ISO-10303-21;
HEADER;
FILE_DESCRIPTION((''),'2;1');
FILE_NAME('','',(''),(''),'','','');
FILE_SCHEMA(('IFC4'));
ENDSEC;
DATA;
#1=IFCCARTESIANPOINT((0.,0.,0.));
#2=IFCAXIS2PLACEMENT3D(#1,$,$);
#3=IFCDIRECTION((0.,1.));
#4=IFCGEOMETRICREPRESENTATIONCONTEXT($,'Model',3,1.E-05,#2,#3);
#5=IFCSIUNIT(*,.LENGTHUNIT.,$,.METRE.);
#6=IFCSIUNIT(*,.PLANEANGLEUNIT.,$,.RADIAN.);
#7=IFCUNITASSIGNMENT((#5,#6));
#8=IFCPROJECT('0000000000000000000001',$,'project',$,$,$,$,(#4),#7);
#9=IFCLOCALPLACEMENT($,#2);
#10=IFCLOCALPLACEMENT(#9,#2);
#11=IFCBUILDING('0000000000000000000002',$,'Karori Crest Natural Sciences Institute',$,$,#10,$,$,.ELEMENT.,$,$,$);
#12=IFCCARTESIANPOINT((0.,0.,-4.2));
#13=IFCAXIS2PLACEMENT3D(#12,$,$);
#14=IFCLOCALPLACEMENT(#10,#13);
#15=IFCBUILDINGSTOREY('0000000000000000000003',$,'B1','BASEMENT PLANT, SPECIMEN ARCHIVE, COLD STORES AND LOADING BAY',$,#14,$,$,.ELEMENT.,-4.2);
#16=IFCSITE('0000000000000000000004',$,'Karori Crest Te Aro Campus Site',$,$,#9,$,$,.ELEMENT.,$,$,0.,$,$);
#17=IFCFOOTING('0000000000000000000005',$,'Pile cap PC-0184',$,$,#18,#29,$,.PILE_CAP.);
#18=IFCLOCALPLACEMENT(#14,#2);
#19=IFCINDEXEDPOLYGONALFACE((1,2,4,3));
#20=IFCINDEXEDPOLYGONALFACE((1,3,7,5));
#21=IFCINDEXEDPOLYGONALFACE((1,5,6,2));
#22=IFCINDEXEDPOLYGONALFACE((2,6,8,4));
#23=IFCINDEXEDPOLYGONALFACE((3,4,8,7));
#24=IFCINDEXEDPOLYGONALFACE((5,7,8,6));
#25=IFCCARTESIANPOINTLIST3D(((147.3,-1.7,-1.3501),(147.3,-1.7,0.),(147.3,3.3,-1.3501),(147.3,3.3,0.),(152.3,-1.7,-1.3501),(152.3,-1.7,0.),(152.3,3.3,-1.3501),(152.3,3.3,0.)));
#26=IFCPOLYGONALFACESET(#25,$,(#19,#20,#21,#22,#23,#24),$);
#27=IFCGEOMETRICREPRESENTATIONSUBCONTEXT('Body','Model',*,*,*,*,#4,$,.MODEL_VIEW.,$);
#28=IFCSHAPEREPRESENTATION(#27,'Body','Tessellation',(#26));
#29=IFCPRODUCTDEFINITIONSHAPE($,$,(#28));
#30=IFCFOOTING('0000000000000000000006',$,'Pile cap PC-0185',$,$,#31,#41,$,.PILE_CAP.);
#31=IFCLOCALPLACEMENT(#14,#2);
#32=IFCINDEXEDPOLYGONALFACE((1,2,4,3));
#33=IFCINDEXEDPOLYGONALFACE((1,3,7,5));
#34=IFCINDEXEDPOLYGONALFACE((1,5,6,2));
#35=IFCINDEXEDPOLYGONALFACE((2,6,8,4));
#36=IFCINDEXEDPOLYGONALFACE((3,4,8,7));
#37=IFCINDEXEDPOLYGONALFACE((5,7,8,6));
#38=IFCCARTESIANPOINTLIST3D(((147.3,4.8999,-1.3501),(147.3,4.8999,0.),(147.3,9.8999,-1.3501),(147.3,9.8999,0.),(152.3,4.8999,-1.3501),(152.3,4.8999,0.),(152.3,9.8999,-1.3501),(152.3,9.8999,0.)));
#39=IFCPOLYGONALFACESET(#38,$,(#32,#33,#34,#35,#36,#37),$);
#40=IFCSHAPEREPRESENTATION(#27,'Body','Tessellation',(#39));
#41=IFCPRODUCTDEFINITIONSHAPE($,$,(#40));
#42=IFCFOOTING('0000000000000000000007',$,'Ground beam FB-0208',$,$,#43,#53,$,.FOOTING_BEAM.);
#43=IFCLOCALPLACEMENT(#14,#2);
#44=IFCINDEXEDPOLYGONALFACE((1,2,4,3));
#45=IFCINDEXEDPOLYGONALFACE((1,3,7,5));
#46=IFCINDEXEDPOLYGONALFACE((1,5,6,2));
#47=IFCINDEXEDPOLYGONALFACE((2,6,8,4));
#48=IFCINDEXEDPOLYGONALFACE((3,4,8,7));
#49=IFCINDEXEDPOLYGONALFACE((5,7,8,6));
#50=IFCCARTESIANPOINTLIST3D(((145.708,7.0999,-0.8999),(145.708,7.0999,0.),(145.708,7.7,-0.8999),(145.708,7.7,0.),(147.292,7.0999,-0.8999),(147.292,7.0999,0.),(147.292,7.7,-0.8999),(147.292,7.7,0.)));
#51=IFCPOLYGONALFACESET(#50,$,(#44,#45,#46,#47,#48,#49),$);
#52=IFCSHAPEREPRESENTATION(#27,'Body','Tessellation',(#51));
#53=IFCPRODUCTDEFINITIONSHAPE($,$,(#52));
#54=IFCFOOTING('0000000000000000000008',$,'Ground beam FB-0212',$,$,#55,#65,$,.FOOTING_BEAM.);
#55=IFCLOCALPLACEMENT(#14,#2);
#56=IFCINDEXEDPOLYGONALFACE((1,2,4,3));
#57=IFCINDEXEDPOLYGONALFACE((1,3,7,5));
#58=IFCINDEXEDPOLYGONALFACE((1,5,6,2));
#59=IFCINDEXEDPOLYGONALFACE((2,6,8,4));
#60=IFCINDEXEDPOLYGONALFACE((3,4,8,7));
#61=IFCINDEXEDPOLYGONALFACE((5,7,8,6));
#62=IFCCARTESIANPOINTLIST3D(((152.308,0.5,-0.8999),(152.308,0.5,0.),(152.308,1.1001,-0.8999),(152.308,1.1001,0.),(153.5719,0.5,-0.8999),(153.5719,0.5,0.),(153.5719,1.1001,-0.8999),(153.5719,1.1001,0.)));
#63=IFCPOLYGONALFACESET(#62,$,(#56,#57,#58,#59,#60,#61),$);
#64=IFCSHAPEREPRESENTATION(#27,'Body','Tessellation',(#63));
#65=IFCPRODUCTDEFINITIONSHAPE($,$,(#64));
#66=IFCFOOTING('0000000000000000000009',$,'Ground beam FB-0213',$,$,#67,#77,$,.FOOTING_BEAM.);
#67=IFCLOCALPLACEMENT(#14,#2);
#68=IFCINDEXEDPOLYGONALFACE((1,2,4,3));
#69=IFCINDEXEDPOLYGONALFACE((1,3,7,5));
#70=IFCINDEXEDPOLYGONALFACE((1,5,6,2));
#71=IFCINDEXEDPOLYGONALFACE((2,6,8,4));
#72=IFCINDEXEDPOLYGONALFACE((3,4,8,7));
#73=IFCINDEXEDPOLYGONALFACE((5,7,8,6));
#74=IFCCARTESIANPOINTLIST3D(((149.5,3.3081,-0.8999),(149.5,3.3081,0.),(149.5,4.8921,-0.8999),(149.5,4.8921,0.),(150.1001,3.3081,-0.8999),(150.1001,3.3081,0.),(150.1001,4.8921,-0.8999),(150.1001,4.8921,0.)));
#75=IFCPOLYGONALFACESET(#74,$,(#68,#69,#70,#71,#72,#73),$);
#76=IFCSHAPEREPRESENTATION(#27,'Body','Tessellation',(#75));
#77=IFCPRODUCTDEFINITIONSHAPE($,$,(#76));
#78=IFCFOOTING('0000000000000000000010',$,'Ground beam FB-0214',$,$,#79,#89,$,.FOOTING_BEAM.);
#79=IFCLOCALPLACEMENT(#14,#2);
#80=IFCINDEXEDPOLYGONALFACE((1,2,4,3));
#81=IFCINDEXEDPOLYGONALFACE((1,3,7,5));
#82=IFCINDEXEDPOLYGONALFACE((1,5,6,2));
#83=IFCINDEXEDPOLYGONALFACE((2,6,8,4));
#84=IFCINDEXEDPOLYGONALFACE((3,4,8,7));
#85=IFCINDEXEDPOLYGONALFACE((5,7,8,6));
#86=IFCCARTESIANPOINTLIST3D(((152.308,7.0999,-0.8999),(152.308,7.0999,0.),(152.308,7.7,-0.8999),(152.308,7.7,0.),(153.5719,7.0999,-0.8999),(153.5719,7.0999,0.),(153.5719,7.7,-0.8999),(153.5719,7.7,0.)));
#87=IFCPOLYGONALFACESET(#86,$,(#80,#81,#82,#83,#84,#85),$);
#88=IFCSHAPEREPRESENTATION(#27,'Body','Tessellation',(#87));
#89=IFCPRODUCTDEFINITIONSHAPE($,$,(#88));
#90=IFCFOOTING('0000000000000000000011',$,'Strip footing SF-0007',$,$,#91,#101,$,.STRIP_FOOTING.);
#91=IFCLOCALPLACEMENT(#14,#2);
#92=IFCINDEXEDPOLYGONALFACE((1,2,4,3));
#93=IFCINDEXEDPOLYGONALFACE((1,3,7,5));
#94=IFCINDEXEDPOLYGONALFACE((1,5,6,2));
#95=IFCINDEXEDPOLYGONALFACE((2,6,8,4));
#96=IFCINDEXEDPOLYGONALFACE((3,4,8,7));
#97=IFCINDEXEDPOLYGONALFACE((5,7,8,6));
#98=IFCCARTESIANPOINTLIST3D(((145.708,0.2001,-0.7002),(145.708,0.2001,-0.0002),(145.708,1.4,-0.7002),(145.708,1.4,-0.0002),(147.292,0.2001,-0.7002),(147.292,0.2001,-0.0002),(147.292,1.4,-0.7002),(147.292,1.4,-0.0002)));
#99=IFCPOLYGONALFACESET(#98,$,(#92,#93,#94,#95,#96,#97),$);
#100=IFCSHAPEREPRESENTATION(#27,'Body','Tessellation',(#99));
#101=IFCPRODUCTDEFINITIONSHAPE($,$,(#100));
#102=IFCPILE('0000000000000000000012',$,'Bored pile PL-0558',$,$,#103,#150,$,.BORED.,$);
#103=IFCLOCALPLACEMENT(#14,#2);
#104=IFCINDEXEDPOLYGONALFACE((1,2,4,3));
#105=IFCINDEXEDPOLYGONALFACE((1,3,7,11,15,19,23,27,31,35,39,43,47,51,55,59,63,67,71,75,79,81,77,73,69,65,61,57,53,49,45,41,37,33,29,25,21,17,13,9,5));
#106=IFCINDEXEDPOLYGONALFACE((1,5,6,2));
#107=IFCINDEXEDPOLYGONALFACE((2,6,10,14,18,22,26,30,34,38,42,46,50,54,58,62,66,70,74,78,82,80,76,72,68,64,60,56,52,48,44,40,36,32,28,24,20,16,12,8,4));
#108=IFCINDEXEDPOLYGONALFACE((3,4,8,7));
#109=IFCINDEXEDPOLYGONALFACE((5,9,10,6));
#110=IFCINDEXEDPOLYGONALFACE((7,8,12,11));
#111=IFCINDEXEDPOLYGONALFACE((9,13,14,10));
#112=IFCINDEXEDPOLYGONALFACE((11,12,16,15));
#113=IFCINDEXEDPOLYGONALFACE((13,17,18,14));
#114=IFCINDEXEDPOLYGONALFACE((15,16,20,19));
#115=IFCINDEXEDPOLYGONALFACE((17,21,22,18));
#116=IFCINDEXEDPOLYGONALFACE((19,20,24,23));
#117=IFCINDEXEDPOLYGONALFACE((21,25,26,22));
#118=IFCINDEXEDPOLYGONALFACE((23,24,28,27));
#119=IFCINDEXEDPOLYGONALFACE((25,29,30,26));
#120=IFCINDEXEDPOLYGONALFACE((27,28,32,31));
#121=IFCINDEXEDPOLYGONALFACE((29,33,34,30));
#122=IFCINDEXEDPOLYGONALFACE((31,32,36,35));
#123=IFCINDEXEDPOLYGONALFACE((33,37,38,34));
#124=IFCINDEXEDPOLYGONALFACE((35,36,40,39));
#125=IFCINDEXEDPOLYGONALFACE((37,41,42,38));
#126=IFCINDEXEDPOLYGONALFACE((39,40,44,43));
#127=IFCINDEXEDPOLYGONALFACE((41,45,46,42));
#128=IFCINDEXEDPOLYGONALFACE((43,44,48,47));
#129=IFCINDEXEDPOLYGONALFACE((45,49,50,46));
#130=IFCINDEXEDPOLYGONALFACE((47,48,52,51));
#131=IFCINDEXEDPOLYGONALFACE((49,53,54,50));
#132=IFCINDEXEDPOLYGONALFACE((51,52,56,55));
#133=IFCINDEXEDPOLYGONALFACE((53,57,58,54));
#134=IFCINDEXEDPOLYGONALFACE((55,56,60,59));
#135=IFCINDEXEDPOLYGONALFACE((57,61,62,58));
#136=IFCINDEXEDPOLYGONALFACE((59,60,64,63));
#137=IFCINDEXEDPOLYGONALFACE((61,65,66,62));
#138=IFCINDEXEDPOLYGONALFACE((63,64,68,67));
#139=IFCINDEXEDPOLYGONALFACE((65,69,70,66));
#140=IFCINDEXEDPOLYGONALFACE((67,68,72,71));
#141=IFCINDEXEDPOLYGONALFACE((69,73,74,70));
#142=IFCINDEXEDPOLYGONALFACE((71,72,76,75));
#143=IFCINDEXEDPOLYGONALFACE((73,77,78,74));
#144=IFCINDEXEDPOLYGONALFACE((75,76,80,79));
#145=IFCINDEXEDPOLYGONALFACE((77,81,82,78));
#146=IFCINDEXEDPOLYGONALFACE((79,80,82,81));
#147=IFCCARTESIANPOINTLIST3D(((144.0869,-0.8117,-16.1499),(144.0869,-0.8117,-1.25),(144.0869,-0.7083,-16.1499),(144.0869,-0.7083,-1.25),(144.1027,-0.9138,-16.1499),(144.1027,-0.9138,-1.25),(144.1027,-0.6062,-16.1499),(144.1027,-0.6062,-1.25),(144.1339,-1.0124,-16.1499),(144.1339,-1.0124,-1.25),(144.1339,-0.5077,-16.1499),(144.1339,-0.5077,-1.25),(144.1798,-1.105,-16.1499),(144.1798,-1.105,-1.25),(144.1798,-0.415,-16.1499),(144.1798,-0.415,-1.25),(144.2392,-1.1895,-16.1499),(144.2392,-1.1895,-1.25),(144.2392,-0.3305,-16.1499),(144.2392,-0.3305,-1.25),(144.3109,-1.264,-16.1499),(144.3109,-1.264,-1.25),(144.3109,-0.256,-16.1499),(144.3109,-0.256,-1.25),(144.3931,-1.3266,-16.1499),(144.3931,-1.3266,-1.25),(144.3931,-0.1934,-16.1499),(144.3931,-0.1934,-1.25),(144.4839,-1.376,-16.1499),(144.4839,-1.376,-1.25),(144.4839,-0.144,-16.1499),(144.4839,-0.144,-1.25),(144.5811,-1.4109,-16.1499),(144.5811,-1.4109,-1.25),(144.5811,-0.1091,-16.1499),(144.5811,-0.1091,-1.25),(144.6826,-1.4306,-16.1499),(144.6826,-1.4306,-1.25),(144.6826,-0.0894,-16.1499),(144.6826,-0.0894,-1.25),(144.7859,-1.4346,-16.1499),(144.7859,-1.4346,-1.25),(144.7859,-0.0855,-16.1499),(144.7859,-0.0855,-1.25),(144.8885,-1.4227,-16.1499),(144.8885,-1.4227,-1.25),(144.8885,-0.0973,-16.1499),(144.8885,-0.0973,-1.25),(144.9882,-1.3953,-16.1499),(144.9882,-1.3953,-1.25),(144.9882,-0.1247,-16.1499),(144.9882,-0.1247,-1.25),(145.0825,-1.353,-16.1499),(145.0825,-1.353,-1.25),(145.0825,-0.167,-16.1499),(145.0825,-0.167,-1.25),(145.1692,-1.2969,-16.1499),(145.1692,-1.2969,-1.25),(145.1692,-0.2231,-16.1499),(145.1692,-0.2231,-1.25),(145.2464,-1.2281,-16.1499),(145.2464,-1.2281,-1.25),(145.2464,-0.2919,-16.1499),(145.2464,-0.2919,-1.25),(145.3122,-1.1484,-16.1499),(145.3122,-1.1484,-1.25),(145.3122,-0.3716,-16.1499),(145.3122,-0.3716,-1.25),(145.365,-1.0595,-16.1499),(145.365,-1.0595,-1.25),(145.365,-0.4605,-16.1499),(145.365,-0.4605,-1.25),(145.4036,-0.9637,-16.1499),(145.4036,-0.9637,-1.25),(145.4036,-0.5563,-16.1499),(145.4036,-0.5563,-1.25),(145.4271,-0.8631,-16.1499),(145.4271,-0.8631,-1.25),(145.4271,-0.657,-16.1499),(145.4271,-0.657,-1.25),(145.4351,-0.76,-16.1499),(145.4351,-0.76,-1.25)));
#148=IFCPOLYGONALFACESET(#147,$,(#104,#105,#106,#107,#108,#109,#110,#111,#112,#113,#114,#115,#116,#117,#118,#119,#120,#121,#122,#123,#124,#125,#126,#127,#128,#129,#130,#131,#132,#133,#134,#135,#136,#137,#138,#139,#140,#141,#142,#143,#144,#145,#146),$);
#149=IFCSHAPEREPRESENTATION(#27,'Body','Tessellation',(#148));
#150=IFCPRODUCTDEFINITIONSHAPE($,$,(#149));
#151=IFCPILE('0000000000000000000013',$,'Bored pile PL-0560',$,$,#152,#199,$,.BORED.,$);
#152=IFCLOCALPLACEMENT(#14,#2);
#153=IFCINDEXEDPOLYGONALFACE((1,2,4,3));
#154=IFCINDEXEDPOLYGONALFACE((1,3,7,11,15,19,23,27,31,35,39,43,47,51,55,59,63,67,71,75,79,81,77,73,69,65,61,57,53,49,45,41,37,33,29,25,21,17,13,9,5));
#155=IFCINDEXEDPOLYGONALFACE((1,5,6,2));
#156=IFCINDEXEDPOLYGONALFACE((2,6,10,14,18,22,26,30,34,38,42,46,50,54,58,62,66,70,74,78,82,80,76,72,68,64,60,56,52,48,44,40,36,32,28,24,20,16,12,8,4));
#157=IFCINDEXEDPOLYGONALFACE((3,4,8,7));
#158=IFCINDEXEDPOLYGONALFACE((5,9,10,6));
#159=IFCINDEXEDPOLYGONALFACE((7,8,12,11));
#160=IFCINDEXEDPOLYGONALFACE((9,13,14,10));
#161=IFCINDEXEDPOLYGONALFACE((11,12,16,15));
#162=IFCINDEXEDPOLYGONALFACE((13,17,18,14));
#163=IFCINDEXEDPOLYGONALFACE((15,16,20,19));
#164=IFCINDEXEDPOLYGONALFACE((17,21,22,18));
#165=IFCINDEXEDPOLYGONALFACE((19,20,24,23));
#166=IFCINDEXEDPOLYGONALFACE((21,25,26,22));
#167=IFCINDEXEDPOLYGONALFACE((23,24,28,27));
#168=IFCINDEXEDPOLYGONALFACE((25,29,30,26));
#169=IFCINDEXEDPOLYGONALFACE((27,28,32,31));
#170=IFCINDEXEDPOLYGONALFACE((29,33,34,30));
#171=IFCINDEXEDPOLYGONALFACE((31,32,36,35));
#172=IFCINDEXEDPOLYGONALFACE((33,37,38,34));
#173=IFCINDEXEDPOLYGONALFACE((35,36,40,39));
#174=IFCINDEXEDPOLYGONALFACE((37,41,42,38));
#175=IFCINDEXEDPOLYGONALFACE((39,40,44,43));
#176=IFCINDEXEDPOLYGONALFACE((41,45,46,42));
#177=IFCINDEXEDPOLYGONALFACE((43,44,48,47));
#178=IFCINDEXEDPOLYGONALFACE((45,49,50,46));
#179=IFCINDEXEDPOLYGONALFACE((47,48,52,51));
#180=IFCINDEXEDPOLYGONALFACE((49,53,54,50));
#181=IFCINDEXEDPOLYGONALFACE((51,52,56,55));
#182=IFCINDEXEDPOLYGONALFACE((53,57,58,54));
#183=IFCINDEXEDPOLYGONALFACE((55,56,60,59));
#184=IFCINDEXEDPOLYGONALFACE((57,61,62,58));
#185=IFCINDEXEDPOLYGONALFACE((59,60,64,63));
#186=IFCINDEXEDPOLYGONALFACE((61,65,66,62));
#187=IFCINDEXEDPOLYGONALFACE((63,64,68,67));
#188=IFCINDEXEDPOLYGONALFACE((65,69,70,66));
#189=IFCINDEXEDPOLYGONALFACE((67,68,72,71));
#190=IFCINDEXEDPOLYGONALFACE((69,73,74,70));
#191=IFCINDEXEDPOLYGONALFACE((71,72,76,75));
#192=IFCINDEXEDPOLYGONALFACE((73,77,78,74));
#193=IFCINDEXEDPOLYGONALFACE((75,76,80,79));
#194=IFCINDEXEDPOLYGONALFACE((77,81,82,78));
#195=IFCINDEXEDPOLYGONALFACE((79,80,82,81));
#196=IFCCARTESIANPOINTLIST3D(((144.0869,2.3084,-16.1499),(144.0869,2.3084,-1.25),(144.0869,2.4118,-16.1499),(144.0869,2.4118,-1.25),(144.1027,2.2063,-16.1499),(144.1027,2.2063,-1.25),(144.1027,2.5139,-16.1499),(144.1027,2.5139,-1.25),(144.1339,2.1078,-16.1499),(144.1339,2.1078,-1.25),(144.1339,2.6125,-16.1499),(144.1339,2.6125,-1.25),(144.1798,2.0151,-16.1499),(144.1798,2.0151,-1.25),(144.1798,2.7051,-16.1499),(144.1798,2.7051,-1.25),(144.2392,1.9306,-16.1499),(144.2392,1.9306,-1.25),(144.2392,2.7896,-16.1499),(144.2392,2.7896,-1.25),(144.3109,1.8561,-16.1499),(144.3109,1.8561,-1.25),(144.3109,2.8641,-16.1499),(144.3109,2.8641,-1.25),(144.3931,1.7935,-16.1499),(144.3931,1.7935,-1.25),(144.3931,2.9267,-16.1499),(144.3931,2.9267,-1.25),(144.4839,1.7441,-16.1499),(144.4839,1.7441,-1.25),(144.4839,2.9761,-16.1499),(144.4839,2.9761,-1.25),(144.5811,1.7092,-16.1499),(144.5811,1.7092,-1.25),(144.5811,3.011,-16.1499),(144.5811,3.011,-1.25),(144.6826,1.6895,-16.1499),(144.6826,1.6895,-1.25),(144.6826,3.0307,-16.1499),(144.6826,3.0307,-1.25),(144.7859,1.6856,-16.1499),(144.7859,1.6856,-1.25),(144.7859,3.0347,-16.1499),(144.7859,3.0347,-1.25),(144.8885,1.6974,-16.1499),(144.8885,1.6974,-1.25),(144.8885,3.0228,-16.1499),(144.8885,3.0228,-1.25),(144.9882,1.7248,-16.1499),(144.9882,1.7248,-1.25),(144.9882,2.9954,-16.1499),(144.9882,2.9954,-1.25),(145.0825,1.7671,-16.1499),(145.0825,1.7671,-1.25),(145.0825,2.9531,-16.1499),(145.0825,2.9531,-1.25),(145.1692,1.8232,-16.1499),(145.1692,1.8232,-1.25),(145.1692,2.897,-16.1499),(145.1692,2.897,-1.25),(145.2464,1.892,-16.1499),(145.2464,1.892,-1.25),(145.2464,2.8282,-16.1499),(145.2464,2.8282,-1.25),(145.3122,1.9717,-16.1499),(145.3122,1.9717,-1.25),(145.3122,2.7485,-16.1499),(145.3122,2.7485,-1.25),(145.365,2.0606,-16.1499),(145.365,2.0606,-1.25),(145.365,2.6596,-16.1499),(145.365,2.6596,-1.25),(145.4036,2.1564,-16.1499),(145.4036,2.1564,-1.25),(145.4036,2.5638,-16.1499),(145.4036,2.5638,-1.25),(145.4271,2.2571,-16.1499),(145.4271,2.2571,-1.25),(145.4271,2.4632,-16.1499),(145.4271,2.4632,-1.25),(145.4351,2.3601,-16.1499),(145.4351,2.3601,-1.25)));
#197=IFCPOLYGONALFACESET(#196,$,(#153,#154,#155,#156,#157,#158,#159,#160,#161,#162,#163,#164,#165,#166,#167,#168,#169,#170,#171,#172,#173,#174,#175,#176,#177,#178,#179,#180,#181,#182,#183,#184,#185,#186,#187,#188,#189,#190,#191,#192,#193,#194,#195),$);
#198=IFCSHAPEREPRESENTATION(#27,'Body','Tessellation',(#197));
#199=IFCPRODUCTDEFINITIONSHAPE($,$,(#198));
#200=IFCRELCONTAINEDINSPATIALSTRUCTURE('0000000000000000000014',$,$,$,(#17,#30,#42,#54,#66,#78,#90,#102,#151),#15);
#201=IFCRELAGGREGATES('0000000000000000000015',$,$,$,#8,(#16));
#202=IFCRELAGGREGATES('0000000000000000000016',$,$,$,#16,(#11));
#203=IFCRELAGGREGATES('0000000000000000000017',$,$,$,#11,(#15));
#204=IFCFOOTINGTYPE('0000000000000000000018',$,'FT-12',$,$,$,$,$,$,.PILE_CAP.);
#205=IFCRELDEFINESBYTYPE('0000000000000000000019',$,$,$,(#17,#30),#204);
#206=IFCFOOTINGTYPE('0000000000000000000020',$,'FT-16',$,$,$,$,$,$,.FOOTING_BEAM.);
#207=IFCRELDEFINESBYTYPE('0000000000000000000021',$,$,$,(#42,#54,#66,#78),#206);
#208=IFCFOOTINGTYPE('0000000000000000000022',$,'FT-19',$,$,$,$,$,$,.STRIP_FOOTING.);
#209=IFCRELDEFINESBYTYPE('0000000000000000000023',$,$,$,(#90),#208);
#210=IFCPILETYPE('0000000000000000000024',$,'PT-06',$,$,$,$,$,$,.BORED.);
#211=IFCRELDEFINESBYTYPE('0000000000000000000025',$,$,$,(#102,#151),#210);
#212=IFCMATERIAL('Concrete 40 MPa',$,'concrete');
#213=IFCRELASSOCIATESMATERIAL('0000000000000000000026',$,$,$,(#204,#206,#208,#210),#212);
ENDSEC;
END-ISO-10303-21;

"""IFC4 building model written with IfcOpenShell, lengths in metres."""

from ifc_helpers import new_model, si_unit, direction, frame, origin, origin_2d, place, context, subcontext, project, spatial, rectangle, circle, extrude, material, material_profile, profile_set, type_object, element, save


model = new_model("IFC4")

# Units and contexts
model_context = context("Model", 3, precision=1e-05, world=origin(), true_north=direction((0.0, 1.0)))
body_context = subcontext(model_context, "Body", "Model", "MODEL_VIEW")
ifc_project = project(units=[si_unit("LENGTHUNIT", "METRE"), si_unit("PLANEANGLEUNIT", "RADIAN")], contexts=[model_context])

# Site, building, storey
site_placement = place(None, origin())
site = spatial("IfcSite", under=ifc_project, at=site_placement, Name="Karori Crest Te Aro Campus Site", CompositionType="ELEMENT", RefElevation=0.0)
building_placement = place(site_placement, origin())
building = spatial("IfcBuilding", under=site, at=building_placement, Name="Karori Crest Natural Sciences Institute", CompositionType="ELEMENT")
storey_placement = place(building_placement, frame((0.0, 0.0, -4.2)))
storey = spatial("IfcBuildingStorey", under=building, at=storey_placement, Name="B1", Description="BASEMENT PLANT, SPECIMEN ARCHIVE, COLD STORES AND LOADING BAY", CompositionType="ELEMENT", Elevation=-4.2)

# Footings
ifc_material_1 = material(Name="Concrete 40 MPa", Category="concrete")
footing_type_1 = type_object("IfcFootingType", Name="FT-12", PredefinedType="PILE_CAP", material=ifc_material_1)
for number, where, z_axis, x_axis, name in (
    (1, (149.8, 0.8, -1.3501), (0.0, 0.0, 1.0), (1.0, 0.0, 0.0), "Pile cap PC-0184"),
    (2, (149.8, 7.3999, -1.3501), (0.0, 0.0, 1.0), (1.0, 0.0, 0.0), "Pile cap PC-0185"),
):
    element("IfcFooting", number, at=place(storey_placement, frame(where, z_axis=z_axis, x_axis=x_axis)), inside=storey, type_object=footing_type_1, Name=name, PredefinedType="PILE_CAP", context=body_context, shape_type="SweptSolid", body=[
        extrude(rectangle(XDim=5.0, YDim=5.0, at=origin_2d()), origin(), (0.0, 0.0, 1.0), 1.3501),
    ])
footing_type_2 = type_object("IfcFootingType", Name="FT-16", PredefinedType="FOOTING_BEAM", material=ifc_material_1)
footing_1_placement = place(storey_placement, frame((146.5, 7.3999, -0.8999), z_axis=(0.0, 0.0, 1.0), x_axis=(1.0, 0.0, 0.0)))
element("IfcFooting", 3, at=footing_1_placement, inside=storey, type_object=footing_type_2, Name="Ground beam FB-0208", PredefinedType="FOOTING_BEAM", context=body_context, shape_type="SweptSolid", body=[
    extrude(rectangle(XDim=1.584, YDim=0.6001, at=origin_2d()), origin(), (0.0, 0.0, 1.0), 0.8999),
])
footing_2_placement = place(storey_placement, frame((152.9399, 0.8, -0.8999), z_axis=(0.0, 0.0, 1.0), x_axis=(1.0, 0.0, 0.0)))
element("IfcFooting", 4, at=footing_2_placement, inside=storey, type_object=footing_type_2, Name="Ground beam FB-0212", PredefinedType="FOOTING_BEAM", context=body_context, shape_type="SweptSolid", body=[
    extrude(rectangle(XDim=1.2639, YDim=0.6001, at=origin_2d()), origin(), (0.0, 0.0, 1.0), 0.8999),
])
footing_3_placement = place(storey_placement, frame((149.8, 4.1001, -0.8999), z_axis=(0.0, 0.0, 1.0), x_axis=(0.0, 1.0, 0.0)))
element("IfcFooting", 5, at=footing_3_placement, inside=storey, type_object=footing_type_2, Name="Ground beam FB-0213", PredefinedType="FOOTING_BEAM", context=body_context, shape_type="SweptSolid", body=[
    extrude(rectangle(XDim=1.584, YDim=0.6001, at=origin_2d()), origin(), (0.0, 0.0, 1.0), 0.8999),
])
footing_4_placement = place(storey_placement, frame((152.9399, 7.3999, -0.8999), z_axis=(0.0, 0.0, 1.0), x_axis=(1.0, 0.0, 0.0)))
element("IfcFooting", 6, at=footing_4_placement, inside=storey, type_object=footing_type_2, Name="Ground beam FB-0214", PredefinedType="FOOTING_BEAM", context=body_context, shape_type="SweptSolid", body=[
    extrude(rectangle(XDim=1.2639, YDim=0.6001, at=origin_2d()), origin(), (0.0, 0.0, 1.0), 0.8999),
])
footing_type_3 = type_object("IfcFootingType", Name="FT-19", PredefinedType="STRIP_FOOTING", material=ifc_material_1)
footing_5_placement = place(storey_placement, frame((146.5, 0.8, -0.7002), z_axis=(0.0, 0.0, 1.0), x_axis=(1.0, 0.0, 0.0)))
element("IfcFooting", 7, at=footing_5_placement, inside=storey, type_object=footing_type_3, Name="Strip footing SF-0007", PredefinedType="STRIP_FOOTING", context=body_context, shape_type="SweptSolid", body=[
    extrude(rectangle(XDim=1.584, YDim=1.2, at=origin_2d()), origin(), (0.0, 0.0, 1.0), 0.7),
])

# Piles
ifc_material_profile_1 = material_profile(ifc_material_1, circle(Radius=0.675, at=origin_2d()), Name="PILE1350")
ifc_profile_set_1 = profile_set([ifc_material_profile_1], Name="Concrete 40 MPa")
pile_type = type_object("IfcPileType", Name="PT-06", PredefinedType="BORED", material=ifc_profile_set_1)
for number, where, z_axis, x_axis, name in (
    (8, (144.76, -0.76, -1.25), (0.0, 0.0, -1.0), (1.0, 0.0, 0.0), "Bored pile PL-0558"),
    (9, (144.76, 2.3601, -1.25), (0.0, 0.0, -1.0), (1.0, 0.0, 0.0), "Bored pile PL-0560"),
):
    element("IfcPile", number, at=place(storey_placement, frame(where, z_axis=z_axis, x_axis=x_axis)), inside=storey, type_object=pile_type, Name=name, PredefinedType="BORED", context=body_context, shape_type="SweptSolid", body=[
        extrude(circle(Radius=0.675, at=origin_2d()), origin(), (0.0, 0.0, 1.0), 14.8999),
    ])

save(model, "model.ifc")
